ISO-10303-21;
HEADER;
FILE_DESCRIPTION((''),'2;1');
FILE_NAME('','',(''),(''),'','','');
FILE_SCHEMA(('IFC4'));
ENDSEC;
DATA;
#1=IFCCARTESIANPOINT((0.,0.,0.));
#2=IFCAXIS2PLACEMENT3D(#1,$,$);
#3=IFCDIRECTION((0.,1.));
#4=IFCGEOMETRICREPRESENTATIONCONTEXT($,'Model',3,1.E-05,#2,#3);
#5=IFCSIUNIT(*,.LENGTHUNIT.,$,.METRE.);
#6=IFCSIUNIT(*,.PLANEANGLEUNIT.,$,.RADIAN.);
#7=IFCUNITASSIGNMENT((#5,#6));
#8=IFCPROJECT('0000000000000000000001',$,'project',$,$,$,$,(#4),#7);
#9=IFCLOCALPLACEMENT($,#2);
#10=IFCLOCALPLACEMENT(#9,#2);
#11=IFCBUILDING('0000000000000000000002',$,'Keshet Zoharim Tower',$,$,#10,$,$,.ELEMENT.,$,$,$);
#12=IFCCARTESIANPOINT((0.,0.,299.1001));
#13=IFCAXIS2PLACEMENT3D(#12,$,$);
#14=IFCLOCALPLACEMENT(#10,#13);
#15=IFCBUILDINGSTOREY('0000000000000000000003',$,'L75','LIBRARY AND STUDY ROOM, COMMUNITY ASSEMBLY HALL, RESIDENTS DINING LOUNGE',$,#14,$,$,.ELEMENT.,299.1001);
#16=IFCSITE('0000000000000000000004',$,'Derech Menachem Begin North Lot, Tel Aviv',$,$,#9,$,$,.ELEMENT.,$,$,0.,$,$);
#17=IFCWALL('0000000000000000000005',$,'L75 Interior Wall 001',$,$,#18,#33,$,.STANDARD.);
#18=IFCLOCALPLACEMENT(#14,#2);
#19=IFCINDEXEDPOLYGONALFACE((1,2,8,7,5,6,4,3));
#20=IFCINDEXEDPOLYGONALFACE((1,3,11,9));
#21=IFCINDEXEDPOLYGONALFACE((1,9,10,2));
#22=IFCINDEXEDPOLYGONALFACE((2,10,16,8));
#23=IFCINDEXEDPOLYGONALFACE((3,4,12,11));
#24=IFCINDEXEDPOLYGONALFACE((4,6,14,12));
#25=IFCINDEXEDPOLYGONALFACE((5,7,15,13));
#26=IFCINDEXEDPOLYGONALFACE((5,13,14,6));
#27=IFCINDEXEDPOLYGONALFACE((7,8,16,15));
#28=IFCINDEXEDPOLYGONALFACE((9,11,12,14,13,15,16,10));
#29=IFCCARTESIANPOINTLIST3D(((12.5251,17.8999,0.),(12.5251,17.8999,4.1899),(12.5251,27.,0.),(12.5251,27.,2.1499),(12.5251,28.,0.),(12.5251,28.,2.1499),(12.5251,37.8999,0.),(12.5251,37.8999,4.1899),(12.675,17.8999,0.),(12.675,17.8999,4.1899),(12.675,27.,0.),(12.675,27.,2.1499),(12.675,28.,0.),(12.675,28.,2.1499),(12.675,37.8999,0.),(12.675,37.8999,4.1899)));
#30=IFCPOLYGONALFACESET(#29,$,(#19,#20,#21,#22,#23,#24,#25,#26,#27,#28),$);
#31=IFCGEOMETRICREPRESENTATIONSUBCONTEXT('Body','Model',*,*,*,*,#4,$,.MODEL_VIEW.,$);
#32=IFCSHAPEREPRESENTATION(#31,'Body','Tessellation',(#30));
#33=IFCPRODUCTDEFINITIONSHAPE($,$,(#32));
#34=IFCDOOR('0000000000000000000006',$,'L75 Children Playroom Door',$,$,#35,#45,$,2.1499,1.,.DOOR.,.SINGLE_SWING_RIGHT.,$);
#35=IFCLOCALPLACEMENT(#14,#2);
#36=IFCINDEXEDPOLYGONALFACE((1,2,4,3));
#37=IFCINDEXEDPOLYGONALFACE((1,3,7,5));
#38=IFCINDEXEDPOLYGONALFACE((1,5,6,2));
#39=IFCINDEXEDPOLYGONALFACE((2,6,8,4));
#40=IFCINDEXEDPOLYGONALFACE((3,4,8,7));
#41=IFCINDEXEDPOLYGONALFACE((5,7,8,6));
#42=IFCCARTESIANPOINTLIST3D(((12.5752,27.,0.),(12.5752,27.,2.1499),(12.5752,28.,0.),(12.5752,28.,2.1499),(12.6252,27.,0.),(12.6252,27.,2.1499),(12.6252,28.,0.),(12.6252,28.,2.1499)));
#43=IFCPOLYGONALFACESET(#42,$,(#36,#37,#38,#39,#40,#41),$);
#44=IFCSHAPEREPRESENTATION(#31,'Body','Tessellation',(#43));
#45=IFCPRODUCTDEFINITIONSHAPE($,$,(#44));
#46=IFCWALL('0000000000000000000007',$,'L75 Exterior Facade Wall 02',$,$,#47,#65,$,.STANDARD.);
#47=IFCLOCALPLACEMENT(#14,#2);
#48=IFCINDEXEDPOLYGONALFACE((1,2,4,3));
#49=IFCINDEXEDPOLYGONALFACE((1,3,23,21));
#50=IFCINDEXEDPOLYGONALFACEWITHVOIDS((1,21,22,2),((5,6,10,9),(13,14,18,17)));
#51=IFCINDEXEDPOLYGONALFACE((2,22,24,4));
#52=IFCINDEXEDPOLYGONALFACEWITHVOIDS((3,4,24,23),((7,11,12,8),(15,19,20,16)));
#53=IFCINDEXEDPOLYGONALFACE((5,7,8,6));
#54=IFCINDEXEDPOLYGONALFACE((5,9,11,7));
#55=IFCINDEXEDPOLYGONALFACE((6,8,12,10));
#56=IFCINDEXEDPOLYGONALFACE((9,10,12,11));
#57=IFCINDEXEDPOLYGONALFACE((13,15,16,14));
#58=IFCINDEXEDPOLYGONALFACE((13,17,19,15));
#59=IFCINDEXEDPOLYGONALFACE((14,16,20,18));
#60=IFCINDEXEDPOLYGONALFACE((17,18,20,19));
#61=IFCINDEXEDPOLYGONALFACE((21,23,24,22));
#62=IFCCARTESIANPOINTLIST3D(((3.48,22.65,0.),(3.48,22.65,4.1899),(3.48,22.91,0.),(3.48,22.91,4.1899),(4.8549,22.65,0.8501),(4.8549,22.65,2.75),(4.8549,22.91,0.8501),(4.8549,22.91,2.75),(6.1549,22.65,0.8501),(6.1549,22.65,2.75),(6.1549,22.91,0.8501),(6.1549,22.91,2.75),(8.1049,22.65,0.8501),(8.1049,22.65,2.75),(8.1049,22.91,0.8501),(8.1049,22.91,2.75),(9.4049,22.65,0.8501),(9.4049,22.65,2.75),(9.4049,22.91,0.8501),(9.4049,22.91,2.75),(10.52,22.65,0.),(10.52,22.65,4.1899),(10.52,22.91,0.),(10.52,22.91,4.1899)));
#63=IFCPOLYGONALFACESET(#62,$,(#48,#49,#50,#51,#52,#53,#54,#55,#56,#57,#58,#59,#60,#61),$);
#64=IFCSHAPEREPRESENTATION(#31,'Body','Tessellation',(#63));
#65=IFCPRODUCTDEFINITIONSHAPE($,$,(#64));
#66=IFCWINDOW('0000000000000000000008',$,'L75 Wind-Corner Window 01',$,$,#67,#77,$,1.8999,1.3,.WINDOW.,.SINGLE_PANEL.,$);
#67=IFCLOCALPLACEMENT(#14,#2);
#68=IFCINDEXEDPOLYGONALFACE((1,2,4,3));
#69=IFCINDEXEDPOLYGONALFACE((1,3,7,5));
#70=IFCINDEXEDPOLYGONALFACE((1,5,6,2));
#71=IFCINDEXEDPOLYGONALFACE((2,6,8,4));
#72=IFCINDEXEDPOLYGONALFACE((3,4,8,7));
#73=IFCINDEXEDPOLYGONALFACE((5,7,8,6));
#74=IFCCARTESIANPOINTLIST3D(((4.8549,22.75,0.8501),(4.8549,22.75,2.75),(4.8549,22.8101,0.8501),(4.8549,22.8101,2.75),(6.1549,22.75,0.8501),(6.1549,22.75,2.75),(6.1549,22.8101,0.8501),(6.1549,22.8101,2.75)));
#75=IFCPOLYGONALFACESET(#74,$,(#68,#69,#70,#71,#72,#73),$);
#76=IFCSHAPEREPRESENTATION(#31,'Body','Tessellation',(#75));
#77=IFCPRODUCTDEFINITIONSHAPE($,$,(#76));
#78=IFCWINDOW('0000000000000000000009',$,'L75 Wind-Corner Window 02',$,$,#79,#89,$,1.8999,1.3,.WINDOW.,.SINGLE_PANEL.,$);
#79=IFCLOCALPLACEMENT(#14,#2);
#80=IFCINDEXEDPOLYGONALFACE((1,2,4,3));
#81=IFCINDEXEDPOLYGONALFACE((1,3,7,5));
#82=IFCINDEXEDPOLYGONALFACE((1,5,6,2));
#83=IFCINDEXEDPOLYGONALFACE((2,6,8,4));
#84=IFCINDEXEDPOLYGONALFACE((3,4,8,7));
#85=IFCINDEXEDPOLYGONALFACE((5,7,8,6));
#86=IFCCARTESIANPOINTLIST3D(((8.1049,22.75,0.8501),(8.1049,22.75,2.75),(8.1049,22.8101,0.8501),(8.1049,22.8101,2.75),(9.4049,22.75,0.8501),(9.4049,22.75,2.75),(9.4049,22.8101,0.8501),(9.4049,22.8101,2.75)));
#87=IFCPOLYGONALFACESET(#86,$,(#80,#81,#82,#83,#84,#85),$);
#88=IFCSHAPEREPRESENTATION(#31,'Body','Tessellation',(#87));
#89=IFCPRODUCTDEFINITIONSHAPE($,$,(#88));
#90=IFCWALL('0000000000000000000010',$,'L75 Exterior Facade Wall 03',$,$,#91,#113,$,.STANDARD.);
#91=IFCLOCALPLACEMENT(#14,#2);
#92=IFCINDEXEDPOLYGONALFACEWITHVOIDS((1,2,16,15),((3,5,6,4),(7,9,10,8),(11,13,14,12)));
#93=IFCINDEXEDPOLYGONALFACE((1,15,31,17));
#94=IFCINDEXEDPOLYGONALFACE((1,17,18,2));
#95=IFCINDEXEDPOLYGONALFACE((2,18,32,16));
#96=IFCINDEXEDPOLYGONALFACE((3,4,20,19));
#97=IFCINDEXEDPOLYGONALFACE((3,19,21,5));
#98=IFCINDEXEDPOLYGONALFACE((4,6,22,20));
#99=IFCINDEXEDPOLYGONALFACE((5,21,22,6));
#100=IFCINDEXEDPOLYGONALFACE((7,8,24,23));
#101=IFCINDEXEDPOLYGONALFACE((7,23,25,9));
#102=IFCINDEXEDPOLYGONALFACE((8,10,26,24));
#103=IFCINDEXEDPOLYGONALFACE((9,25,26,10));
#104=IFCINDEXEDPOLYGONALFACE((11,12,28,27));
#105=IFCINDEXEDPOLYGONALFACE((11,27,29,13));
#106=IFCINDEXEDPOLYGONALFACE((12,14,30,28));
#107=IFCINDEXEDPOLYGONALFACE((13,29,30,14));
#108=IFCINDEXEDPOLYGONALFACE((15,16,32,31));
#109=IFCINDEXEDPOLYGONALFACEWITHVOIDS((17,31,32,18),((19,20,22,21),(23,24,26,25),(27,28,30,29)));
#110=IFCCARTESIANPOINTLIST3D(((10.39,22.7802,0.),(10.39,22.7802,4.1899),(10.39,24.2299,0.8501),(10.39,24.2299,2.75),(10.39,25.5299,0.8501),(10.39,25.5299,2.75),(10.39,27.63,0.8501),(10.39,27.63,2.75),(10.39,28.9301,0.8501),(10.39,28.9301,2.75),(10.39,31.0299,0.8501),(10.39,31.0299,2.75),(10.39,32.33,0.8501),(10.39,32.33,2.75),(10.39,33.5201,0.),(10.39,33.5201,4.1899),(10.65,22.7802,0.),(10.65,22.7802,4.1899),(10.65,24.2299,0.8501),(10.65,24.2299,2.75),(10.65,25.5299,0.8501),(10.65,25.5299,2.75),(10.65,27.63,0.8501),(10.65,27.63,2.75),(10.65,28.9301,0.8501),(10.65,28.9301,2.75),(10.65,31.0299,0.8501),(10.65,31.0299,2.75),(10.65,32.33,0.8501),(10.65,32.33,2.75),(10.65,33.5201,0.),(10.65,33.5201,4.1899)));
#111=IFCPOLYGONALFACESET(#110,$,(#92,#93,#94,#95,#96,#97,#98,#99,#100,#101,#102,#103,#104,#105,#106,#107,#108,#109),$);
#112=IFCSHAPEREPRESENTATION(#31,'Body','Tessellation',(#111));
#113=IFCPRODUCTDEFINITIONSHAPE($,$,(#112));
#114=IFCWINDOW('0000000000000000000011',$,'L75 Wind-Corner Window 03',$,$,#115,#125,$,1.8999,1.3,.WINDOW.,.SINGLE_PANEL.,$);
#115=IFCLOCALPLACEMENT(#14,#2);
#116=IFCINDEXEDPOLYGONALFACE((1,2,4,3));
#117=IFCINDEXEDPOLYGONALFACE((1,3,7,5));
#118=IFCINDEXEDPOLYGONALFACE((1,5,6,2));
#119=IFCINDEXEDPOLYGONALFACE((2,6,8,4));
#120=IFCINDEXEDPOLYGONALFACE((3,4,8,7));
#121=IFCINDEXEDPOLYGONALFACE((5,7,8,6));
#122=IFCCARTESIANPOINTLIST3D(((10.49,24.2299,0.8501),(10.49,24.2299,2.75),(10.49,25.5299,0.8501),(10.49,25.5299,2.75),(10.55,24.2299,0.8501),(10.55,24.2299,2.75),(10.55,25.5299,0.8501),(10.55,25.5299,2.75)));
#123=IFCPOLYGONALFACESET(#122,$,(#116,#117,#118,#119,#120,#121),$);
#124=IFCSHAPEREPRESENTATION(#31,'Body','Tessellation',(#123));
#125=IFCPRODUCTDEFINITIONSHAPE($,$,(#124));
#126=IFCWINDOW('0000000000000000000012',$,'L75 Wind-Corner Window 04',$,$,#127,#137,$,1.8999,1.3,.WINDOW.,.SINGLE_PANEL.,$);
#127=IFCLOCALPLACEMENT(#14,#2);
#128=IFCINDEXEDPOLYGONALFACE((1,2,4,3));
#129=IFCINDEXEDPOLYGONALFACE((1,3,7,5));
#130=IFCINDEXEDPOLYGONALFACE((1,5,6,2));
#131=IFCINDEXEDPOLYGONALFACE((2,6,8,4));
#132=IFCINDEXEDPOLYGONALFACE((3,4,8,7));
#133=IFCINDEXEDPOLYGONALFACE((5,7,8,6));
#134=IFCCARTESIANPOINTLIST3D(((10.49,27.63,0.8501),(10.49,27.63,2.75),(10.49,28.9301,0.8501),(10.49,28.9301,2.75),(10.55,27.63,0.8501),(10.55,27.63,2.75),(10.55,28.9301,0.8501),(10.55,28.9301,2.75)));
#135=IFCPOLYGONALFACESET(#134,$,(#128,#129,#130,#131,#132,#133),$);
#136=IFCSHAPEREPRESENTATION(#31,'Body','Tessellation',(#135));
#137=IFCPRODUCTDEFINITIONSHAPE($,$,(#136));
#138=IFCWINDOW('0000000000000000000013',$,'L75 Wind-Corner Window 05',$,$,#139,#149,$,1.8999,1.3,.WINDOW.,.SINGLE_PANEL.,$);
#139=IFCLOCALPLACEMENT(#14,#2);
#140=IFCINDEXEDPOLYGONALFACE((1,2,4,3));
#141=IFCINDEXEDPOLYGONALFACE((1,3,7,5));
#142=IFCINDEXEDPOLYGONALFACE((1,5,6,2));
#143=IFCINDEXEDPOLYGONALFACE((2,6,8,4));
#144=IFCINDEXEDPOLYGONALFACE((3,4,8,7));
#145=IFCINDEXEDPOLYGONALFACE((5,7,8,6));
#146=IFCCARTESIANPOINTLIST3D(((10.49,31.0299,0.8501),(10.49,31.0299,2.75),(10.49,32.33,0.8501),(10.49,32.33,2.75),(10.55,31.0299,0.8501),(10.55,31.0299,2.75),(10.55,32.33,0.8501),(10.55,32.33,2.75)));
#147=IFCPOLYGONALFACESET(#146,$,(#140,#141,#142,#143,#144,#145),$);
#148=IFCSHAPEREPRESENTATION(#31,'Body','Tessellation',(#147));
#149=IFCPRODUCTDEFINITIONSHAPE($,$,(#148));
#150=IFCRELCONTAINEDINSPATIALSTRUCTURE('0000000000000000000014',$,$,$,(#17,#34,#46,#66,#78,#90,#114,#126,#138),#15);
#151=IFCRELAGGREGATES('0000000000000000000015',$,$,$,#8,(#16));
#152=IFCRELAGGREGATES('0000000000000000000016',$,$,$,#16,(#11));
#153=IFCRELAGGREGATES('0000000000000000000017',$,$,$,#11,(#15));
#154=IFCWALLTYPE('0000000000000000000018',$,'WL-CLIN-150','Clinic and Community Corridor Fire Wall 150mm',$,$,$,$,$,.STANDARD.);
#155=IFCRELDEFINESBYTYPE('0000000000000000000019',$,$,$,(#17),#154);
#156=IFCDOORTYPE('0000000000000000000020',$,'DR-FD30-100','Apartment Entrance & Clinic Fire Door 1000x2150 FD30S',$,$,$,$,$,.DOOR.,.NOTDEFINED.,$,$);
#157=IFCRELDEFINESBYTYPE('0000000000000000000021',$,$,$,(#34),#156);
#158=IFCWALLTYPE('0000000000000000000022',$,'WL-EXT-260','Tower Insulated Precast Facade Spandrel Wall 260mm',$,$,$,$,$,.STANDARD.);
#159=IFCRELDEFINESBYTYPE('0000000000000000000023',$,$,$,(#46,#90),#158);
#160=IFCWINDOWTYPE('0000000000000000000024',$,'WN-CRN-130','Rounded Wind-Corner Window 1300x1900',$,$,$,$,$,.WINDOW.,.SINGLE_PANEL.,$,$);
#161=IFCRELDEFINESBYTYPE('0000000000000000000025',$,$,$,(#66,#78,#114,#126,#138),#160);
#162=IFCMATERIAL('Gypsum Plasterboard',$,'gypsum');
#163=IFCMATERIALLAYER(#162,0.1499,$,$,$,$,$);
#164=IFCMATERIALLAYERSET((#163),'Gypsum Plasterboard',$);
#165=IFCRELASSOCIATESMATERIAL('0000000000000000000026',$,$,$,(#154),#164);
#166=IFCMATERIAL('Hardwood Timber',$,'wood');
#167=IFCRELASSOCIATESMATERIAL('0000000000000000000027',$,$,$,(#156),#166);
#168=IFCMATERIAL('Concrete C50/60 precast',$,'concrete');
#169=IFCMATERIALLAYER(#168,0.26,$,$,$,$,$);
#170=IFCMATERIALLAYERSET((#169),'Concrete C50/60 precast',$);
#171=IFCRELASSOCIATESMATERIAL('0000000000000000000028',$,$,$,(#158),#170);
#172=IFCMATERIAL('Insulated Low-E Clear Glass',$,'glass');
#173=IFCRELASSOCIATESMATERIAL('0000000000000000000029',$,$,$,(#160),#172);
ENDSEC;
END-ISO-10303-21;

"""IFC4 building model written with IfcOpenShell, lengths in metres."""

from ifc_helpers import new_model, si_unit, direction, frame, frame_2d, origin, place, context, subcontext, project, spatial, rectangle, extrude, material, layer, layer_set, type_object, element, fill, save


model = new_model("IFC4")

# Units and contexts
model_context = context("Model", 3, precision=1e-05, world=origin(), true_north=direction((0.0, 1.0)))
body_context = subcontext(model_context, "Body", "Model", "MODEL_VIEW")
ifc_project = project(units=[si_unit("LENGTHUNIT", "METRE"), si_unit("PLANEANGLEUNIT", "RADIAN")], contexts=[model_context])

# Site, building, storey
site_placement = place(None, origin())
site = spatial("IfcSite", under=ifc_project, at=site_placement, Name="Derech Menachem Begin North Lot, Tel Aviv", CompositionType="ELEMENT", RefElevation=0.0)
building_placement = place(site_placement, origin())
building = spatial("IfcBuilding", under=site, at=building_placement, Name="Keshet Zoharim Tower", CompositionType="ELEMENT")
storey_placement = place(building_placement, frame((0.0, 0.0, 299.1001)))
storey = spatial("IfcBuildingStorey", under=building, at=storey_placement, Name="L75", Description="LIBRARY AND STUDY ROOM, COMMUNITY ASSEMBLY HALL, RESIDENTS DINING LOUNGE", CompositionType="ELEMENT", Elevation=299.1001)

# Shared definitions
ifc_material_1 = material(Name="Insulated Low-E Clear Glass", Category="glass")

# Wall, opening, door
ifc_material_2 = material(Name="Gypsum Plasterboard", Category="gypsum")
ifc_layer_1 = layer(ifc_material_2, 0.1499)
ifc_layer_set_1 = layer_set([ifc_layer_1], Name="Gypsum Plasterboard")
wall_type_1 = type_object("IfcWallType", Name="WL-CLIN-150", Description="Clinic and Community Corridor Fire Wall 150mm", PredefinedType="STANDARD", material=ifc_layer_set_1)
wall_1_placement = place(storey_placement, frame((12.6001, 17.8999, 0.0), z_axis=(0.0, 0.0, 1.0), x_axis=(0.0, 1.0, 0.0)))
wall_1 = element("IfcWall", 1, at=wall_1_placement, inside=storey, type_object=wall_type_1, Name="L75 Interior Wall 001", PredefinedType="STANDARD", context=body_context, shape_type="SweptSolid", body=[
    extrude(rectangle(XDim=20.0, YDim=0.1499, at=frame_2d((10.0, 0.0))), origin(), (0.0, 0.0, 1.0), 4.1899),
])
opening_1_placement = place(wall_1_placement, frame((9.1001, 0.0, 0.0)))
opening_1 = element("IfcOpeningElement", 2, at=opening_1_placement, cuts=wall_1, PredefinedType="OPENING", context=body_context, shape_type="SweptSolid", body=[
    extrude(rectangle(XDim=1.0, YDim=2.1499, at=frame_2d((0.5, 1.075))), frame((0.0, 0.085, 0.0), z_axis=(0.0, -1.0, 0.0), x_axis=(1.0, 0.0, 0.0)), (0.0, 0.0, 1.0), 0.1699),
])
ifc_material_3 = material(Name="Hardwood Timber", Category="wood")
door_type = type_object("IfcDoorType", Name="DR-FD30-100", Description="Apartment Entrance & Clinic Fire Door 1000x2150 FD30S", OperationType="NOTDEFINED", PredefinedType="DOOR", material=ifc_material_3)
door_placement = place(opening_1_placement, origin())
door = element("IfcDoor", 3, at=door_placement, inside=storey, type_object=door_type, Name="L75 Children Playroom Door", OperationType="SINGLE_SWING_RIGHT", OverallHeight=2.1499, OverallWidth=1.0, PredefinedType="DOOR", context=body_context, shape_type="SweptSolid", body=[
    extrude(rectangle(XDim=1.0, YDim=2.1499, at=frame_2d((0.5, 1.075))), frame((0.0, 0.0249, 0.0), z_axis=(0.0, -1.0, 0.0), x_axis=(1.0, 0.0, 0.0)), (0.0, 0.0, 1.0), 0.05),
])
fill(opening_1, door)

# Walls, openings, windows
ifc_material_4 = material(Name="Concrete C50/60 precast", Category="concrete")
ifc_layer_2 = layer(ifc_material_4, 0.26)
ifc_layer_set_2 = layer_set([ifc_layer_2], Name="Concrete C50/60 precast")
wall_type_2 = type_object("IfcWallType", Name="WL-EXT-260", Description="Tower Insulated Precast Facade Spandrel Wall 260mm", PredefinedType="STANDARD", material=ifc_layer_set_2)
wall_2_placement = place(storey_placement, frame((3.48, 22.78, 0.0), z_axis=(0.0, 0.0, 1.0), x_axis=(1.0, 0.0, 0.0)))
wall_2 = element("IfcWall", 4, at=wall_2_placement, inside=storey, type_object=wall_type_2, Name="L75 Exterior Facade Wall 02", PredefinedType="STANDARD", context=body_context, shape_type="SweptSolid", body=[
    extrude(rectangle(XDim=7.04, YDim=0.26, at=frame_2d((3.52, 0.0))), origin(), (0.0, 0.0, 1.0), 4.1899),
])
opening_2_placement = place(wall_2_placement, frame((1.375, 0.0, 0.8501)))
opening_2 = element("IfcOpeningElement", 5, at=opening_2_placement, cuts=wall_2, PredefinedType="OPENING", context=body_context, shape_type="SweptSolid", body=[
    extrude(rectangle(XDim=1.3, YDim=1.8999, at=frame_2d((0.6499, 0.95))), frame((0.0, 0.1401, 0.0), z_axis=(0.0, -1.0, 0.0), x_axis=(1.0, 0.0, 0.0)), (0.0, 0.0, 1.0), 0.28),
])
opening_3_placement = place(wall_2_placement, frame((4.625, 0.0, 0.8501)))
opening_3 = element("IfcOpeningElement", 6, at=opening_3_placement, cuts=wall_2, PredefinedType="OPENING", context=body_context, shape_type="SweptSolid", body=[
    extrude(rectangle(XDim=1.3, YDim=1.8999, at=frame_2d((0.6499, 0.95))), frame((0.0, 0.1401, 0.0), z_axis=(0.0, -1.0, 0.0), x_axis=(1.0, 0.0, 0.0)), (0.0, 0.0, 1.0), 0.28),
])
window_type = type_object("IfcWindowType", Name="WN-CRN-130", Description="Rounded Wind-Corner Window 1300x1900", PartitioningType="SINGLE_PANEL", PredefinedType="WINDOW", material=ifc_material_1)
window_1_placement = place(opening_2_placement, origin())
window_1 = element("IfcWindow", 7, at=window_1_placement, inside=storey, type_object=window_type, Name="L75 Wind-Corner Window 01", OverallHeight=1.8999, OverallWidth=1.3, PartitioningType="SINGLE_PANEL", PredefinedType="WINDOW", context=body_context, shape_type="SweptSolid", body=[
    extrude(rectangle(XDim=1.3, YDim=1.8999, at=frame_2d((0.6499, 0.95))), frame((0.0, 0.03, 0.0), z_axis=(0.0, -1.0, 0.0), x_axis=(1.0, 0.0, 0.0)), (0.0, 0.0, 1.0), 0.0601),
])
fill(opening_2, window_1)
window_2_placement = place(opening_3_placement, origin())
window_2 = element("IfcWindow", 8, at=window_2_placement, inside=storey, type_object=window_type, Name="L75 Wind-Corner Window 02", OverallHeight=1.8999, OverallWidth=1.3, PartitioningType="SINGLE_PANEL", PredefinedType="WINDOW", context=body_context, shape_type="SweptSolid", body=[
    extrude(rectangle(XDim=1.3, YDim=1.8999, at=frame_2d((0.6499, 0.95))), frame((0.0, 0.03, 0.0), z_axis=(0.0, -1.0, 0.0), x_axis=(1.0, 0.0, 0.0)), (0.0, 0.0, 1.0), 0.0601),
])
fill(opening_3, window_2)
wall_3_placement = place(storey_placement, frame((10.52, 22.78, 0.0), z_axis=(0.0, 0.0, 1.0), x_axis=(0.0, 1.0, 0.0)))
wall_3 = element("IfcWall", 9, at=wall_3_placement, inside=storey, type_object=wall_type_2, Name="L75 Exterior Facade Wall 03", PredefinedType="STANDARD", context=body_context, shape_type="SweptSolid", body=[
    extrude(rectangle(XDim=10.74, YDim=0.26, at=frame_2d((5.3701, 0.0))), origin(), (0.0, 0.0, 1.0), 4.1899),
])
opening_4_placement = place(wall_3_placement, frame((1.45, 0.0, 0.8501)))
opening_4 = element("IfcOpeningElement", 10, at=opening_4_placement, cuts=wall_3, PredefinedType="OPENING", context=body_context, shape_type="SweptSolid", body=[
    extrude(rectangle(XDim=1.3, YDim=1.8999, at=frame_2d((0.6499, 0.95))), frame((0.0, 0.1401, 0.0), z_axis=(0.0, -1.0, 0.0), x_axis=(1.0, 0.0, 0.0)), (0.0, 0.0, 1.0), 0.28),
])
opening_5_placement = place(wall_3_placement, frame((4.8501, 0.0, 0.8501)))
opening_5 = element("IfcOpeningElement", 11, at=opening_5_placement, cuts=wall_3, PredefinedType="OPENING", context=body_context, shape_type="SweptSolid", body=[
    extrude(rectangle(XDim=1.3, YDim=1.8999, at=frame_2d((0.6499, 0.95))), frame((0.0, 0.1401, 0.0), z_axis=(0.0, -1.0, 0.0), x_axis=(1.0, 0.0, 0.0)), (0.0, 0.0, 1.0), 0.28),
])
opening_6_placement = place(wall_3_placement, frame((8.25, 0.0, 0.8501)))
opening_6 = element("IfcOpeningElement", 12, at=opening_6_placement, cuts=wall_3, PredefinedType="OPENING", context=body_context, shape_type="SweptSolid", body=[
    extrude(rectangle(XDim=1.3, YDim=1.8999, at=frame_2d((0.6499, 0.95))), frame((0.0, 0.1401, 0.0), z_axis=(0.0, -1.0, 0.0), x_axis=(1.0, 0.0, 0.0)), (0.0, 0.0, 1.0), 0.28),
])
window_3_placement = place(opening_4_placement, origin())
window_3 = element("IfcWindow", 13, at=window_3_placement, inside=storey, type_object=window_type, Name="L75 Wind-Corner Window 03", OverallHeight=1.8999, OverallWidth=1.3, PartitioningType="SINGLE_PANEL", PredefinedType="WINDOW", context=body_context, shape_type="SweptSolid", body=[
    extrude(rectangle(XDim=1.3, YDim=1.8999, at=frame_2d((0.6499, 0.95))), frame((0.0, 0.03, 0.0), z_axis=(0.0, -1.0, 0.0), x_axis=(1.0, 0.0, 0.0)), (0.0, 0.0, 1.0), 0.0601),
])
fill(opening_4, window_3)
window_4_placement = place(opening_5_placement, origin())
window_4 = element("IfcWindow", 14, at=window_4_placement, inside=storey, type_object=window_type, Name="L75 Wind-Corner Window 04", OverallHeight=1.8999, OverallWidth=1.3, PartitioningType="SINGLE_PANEL", PredefinedType="WINDOW", context=body_context, shape_type="SweptSolid", body=[
    extrude(rectangle(XDim=1.3, YDim=1.8999, at=frame_2d((0.6499, 0.95))), frame((0.0, 0.03, 0.0), z_axis=(0.0, -1.0, 0.0), x_axis=(1.0, 0.0, 0.0)), (0.0, 0.0, 1.0), 0.0601),
])
fill(opening_5, window_4)
window_5_placement = place(opening_6_placement, origin())
window_5 = element("IfcWindow", 15, at=window_5_placement, inside=storey, type_object=window_type, Name="L75 Wind-Corner Window 05", OverallHeight=1.8999, OverallWidth=1.3, PartitioningType="SINGLE_PANEL", PredefinedType="WINDOW", context=body_context, shape_type="SweptSolid", body=[
    extrude(rectangle(XDim=1.3, YDim=1.8999, at=frame_2d((0.6499, 0.95))), frame((0.0, 0.03, 0.0), z_axis=(0.0, -1.0, 0.0), x_axis=(1.0, 0.0, 0.0)), (0.0, 0.0, 1.0), 0.0601),
])
fill(opening_6, window_5)

save(model, "model.ifc")
